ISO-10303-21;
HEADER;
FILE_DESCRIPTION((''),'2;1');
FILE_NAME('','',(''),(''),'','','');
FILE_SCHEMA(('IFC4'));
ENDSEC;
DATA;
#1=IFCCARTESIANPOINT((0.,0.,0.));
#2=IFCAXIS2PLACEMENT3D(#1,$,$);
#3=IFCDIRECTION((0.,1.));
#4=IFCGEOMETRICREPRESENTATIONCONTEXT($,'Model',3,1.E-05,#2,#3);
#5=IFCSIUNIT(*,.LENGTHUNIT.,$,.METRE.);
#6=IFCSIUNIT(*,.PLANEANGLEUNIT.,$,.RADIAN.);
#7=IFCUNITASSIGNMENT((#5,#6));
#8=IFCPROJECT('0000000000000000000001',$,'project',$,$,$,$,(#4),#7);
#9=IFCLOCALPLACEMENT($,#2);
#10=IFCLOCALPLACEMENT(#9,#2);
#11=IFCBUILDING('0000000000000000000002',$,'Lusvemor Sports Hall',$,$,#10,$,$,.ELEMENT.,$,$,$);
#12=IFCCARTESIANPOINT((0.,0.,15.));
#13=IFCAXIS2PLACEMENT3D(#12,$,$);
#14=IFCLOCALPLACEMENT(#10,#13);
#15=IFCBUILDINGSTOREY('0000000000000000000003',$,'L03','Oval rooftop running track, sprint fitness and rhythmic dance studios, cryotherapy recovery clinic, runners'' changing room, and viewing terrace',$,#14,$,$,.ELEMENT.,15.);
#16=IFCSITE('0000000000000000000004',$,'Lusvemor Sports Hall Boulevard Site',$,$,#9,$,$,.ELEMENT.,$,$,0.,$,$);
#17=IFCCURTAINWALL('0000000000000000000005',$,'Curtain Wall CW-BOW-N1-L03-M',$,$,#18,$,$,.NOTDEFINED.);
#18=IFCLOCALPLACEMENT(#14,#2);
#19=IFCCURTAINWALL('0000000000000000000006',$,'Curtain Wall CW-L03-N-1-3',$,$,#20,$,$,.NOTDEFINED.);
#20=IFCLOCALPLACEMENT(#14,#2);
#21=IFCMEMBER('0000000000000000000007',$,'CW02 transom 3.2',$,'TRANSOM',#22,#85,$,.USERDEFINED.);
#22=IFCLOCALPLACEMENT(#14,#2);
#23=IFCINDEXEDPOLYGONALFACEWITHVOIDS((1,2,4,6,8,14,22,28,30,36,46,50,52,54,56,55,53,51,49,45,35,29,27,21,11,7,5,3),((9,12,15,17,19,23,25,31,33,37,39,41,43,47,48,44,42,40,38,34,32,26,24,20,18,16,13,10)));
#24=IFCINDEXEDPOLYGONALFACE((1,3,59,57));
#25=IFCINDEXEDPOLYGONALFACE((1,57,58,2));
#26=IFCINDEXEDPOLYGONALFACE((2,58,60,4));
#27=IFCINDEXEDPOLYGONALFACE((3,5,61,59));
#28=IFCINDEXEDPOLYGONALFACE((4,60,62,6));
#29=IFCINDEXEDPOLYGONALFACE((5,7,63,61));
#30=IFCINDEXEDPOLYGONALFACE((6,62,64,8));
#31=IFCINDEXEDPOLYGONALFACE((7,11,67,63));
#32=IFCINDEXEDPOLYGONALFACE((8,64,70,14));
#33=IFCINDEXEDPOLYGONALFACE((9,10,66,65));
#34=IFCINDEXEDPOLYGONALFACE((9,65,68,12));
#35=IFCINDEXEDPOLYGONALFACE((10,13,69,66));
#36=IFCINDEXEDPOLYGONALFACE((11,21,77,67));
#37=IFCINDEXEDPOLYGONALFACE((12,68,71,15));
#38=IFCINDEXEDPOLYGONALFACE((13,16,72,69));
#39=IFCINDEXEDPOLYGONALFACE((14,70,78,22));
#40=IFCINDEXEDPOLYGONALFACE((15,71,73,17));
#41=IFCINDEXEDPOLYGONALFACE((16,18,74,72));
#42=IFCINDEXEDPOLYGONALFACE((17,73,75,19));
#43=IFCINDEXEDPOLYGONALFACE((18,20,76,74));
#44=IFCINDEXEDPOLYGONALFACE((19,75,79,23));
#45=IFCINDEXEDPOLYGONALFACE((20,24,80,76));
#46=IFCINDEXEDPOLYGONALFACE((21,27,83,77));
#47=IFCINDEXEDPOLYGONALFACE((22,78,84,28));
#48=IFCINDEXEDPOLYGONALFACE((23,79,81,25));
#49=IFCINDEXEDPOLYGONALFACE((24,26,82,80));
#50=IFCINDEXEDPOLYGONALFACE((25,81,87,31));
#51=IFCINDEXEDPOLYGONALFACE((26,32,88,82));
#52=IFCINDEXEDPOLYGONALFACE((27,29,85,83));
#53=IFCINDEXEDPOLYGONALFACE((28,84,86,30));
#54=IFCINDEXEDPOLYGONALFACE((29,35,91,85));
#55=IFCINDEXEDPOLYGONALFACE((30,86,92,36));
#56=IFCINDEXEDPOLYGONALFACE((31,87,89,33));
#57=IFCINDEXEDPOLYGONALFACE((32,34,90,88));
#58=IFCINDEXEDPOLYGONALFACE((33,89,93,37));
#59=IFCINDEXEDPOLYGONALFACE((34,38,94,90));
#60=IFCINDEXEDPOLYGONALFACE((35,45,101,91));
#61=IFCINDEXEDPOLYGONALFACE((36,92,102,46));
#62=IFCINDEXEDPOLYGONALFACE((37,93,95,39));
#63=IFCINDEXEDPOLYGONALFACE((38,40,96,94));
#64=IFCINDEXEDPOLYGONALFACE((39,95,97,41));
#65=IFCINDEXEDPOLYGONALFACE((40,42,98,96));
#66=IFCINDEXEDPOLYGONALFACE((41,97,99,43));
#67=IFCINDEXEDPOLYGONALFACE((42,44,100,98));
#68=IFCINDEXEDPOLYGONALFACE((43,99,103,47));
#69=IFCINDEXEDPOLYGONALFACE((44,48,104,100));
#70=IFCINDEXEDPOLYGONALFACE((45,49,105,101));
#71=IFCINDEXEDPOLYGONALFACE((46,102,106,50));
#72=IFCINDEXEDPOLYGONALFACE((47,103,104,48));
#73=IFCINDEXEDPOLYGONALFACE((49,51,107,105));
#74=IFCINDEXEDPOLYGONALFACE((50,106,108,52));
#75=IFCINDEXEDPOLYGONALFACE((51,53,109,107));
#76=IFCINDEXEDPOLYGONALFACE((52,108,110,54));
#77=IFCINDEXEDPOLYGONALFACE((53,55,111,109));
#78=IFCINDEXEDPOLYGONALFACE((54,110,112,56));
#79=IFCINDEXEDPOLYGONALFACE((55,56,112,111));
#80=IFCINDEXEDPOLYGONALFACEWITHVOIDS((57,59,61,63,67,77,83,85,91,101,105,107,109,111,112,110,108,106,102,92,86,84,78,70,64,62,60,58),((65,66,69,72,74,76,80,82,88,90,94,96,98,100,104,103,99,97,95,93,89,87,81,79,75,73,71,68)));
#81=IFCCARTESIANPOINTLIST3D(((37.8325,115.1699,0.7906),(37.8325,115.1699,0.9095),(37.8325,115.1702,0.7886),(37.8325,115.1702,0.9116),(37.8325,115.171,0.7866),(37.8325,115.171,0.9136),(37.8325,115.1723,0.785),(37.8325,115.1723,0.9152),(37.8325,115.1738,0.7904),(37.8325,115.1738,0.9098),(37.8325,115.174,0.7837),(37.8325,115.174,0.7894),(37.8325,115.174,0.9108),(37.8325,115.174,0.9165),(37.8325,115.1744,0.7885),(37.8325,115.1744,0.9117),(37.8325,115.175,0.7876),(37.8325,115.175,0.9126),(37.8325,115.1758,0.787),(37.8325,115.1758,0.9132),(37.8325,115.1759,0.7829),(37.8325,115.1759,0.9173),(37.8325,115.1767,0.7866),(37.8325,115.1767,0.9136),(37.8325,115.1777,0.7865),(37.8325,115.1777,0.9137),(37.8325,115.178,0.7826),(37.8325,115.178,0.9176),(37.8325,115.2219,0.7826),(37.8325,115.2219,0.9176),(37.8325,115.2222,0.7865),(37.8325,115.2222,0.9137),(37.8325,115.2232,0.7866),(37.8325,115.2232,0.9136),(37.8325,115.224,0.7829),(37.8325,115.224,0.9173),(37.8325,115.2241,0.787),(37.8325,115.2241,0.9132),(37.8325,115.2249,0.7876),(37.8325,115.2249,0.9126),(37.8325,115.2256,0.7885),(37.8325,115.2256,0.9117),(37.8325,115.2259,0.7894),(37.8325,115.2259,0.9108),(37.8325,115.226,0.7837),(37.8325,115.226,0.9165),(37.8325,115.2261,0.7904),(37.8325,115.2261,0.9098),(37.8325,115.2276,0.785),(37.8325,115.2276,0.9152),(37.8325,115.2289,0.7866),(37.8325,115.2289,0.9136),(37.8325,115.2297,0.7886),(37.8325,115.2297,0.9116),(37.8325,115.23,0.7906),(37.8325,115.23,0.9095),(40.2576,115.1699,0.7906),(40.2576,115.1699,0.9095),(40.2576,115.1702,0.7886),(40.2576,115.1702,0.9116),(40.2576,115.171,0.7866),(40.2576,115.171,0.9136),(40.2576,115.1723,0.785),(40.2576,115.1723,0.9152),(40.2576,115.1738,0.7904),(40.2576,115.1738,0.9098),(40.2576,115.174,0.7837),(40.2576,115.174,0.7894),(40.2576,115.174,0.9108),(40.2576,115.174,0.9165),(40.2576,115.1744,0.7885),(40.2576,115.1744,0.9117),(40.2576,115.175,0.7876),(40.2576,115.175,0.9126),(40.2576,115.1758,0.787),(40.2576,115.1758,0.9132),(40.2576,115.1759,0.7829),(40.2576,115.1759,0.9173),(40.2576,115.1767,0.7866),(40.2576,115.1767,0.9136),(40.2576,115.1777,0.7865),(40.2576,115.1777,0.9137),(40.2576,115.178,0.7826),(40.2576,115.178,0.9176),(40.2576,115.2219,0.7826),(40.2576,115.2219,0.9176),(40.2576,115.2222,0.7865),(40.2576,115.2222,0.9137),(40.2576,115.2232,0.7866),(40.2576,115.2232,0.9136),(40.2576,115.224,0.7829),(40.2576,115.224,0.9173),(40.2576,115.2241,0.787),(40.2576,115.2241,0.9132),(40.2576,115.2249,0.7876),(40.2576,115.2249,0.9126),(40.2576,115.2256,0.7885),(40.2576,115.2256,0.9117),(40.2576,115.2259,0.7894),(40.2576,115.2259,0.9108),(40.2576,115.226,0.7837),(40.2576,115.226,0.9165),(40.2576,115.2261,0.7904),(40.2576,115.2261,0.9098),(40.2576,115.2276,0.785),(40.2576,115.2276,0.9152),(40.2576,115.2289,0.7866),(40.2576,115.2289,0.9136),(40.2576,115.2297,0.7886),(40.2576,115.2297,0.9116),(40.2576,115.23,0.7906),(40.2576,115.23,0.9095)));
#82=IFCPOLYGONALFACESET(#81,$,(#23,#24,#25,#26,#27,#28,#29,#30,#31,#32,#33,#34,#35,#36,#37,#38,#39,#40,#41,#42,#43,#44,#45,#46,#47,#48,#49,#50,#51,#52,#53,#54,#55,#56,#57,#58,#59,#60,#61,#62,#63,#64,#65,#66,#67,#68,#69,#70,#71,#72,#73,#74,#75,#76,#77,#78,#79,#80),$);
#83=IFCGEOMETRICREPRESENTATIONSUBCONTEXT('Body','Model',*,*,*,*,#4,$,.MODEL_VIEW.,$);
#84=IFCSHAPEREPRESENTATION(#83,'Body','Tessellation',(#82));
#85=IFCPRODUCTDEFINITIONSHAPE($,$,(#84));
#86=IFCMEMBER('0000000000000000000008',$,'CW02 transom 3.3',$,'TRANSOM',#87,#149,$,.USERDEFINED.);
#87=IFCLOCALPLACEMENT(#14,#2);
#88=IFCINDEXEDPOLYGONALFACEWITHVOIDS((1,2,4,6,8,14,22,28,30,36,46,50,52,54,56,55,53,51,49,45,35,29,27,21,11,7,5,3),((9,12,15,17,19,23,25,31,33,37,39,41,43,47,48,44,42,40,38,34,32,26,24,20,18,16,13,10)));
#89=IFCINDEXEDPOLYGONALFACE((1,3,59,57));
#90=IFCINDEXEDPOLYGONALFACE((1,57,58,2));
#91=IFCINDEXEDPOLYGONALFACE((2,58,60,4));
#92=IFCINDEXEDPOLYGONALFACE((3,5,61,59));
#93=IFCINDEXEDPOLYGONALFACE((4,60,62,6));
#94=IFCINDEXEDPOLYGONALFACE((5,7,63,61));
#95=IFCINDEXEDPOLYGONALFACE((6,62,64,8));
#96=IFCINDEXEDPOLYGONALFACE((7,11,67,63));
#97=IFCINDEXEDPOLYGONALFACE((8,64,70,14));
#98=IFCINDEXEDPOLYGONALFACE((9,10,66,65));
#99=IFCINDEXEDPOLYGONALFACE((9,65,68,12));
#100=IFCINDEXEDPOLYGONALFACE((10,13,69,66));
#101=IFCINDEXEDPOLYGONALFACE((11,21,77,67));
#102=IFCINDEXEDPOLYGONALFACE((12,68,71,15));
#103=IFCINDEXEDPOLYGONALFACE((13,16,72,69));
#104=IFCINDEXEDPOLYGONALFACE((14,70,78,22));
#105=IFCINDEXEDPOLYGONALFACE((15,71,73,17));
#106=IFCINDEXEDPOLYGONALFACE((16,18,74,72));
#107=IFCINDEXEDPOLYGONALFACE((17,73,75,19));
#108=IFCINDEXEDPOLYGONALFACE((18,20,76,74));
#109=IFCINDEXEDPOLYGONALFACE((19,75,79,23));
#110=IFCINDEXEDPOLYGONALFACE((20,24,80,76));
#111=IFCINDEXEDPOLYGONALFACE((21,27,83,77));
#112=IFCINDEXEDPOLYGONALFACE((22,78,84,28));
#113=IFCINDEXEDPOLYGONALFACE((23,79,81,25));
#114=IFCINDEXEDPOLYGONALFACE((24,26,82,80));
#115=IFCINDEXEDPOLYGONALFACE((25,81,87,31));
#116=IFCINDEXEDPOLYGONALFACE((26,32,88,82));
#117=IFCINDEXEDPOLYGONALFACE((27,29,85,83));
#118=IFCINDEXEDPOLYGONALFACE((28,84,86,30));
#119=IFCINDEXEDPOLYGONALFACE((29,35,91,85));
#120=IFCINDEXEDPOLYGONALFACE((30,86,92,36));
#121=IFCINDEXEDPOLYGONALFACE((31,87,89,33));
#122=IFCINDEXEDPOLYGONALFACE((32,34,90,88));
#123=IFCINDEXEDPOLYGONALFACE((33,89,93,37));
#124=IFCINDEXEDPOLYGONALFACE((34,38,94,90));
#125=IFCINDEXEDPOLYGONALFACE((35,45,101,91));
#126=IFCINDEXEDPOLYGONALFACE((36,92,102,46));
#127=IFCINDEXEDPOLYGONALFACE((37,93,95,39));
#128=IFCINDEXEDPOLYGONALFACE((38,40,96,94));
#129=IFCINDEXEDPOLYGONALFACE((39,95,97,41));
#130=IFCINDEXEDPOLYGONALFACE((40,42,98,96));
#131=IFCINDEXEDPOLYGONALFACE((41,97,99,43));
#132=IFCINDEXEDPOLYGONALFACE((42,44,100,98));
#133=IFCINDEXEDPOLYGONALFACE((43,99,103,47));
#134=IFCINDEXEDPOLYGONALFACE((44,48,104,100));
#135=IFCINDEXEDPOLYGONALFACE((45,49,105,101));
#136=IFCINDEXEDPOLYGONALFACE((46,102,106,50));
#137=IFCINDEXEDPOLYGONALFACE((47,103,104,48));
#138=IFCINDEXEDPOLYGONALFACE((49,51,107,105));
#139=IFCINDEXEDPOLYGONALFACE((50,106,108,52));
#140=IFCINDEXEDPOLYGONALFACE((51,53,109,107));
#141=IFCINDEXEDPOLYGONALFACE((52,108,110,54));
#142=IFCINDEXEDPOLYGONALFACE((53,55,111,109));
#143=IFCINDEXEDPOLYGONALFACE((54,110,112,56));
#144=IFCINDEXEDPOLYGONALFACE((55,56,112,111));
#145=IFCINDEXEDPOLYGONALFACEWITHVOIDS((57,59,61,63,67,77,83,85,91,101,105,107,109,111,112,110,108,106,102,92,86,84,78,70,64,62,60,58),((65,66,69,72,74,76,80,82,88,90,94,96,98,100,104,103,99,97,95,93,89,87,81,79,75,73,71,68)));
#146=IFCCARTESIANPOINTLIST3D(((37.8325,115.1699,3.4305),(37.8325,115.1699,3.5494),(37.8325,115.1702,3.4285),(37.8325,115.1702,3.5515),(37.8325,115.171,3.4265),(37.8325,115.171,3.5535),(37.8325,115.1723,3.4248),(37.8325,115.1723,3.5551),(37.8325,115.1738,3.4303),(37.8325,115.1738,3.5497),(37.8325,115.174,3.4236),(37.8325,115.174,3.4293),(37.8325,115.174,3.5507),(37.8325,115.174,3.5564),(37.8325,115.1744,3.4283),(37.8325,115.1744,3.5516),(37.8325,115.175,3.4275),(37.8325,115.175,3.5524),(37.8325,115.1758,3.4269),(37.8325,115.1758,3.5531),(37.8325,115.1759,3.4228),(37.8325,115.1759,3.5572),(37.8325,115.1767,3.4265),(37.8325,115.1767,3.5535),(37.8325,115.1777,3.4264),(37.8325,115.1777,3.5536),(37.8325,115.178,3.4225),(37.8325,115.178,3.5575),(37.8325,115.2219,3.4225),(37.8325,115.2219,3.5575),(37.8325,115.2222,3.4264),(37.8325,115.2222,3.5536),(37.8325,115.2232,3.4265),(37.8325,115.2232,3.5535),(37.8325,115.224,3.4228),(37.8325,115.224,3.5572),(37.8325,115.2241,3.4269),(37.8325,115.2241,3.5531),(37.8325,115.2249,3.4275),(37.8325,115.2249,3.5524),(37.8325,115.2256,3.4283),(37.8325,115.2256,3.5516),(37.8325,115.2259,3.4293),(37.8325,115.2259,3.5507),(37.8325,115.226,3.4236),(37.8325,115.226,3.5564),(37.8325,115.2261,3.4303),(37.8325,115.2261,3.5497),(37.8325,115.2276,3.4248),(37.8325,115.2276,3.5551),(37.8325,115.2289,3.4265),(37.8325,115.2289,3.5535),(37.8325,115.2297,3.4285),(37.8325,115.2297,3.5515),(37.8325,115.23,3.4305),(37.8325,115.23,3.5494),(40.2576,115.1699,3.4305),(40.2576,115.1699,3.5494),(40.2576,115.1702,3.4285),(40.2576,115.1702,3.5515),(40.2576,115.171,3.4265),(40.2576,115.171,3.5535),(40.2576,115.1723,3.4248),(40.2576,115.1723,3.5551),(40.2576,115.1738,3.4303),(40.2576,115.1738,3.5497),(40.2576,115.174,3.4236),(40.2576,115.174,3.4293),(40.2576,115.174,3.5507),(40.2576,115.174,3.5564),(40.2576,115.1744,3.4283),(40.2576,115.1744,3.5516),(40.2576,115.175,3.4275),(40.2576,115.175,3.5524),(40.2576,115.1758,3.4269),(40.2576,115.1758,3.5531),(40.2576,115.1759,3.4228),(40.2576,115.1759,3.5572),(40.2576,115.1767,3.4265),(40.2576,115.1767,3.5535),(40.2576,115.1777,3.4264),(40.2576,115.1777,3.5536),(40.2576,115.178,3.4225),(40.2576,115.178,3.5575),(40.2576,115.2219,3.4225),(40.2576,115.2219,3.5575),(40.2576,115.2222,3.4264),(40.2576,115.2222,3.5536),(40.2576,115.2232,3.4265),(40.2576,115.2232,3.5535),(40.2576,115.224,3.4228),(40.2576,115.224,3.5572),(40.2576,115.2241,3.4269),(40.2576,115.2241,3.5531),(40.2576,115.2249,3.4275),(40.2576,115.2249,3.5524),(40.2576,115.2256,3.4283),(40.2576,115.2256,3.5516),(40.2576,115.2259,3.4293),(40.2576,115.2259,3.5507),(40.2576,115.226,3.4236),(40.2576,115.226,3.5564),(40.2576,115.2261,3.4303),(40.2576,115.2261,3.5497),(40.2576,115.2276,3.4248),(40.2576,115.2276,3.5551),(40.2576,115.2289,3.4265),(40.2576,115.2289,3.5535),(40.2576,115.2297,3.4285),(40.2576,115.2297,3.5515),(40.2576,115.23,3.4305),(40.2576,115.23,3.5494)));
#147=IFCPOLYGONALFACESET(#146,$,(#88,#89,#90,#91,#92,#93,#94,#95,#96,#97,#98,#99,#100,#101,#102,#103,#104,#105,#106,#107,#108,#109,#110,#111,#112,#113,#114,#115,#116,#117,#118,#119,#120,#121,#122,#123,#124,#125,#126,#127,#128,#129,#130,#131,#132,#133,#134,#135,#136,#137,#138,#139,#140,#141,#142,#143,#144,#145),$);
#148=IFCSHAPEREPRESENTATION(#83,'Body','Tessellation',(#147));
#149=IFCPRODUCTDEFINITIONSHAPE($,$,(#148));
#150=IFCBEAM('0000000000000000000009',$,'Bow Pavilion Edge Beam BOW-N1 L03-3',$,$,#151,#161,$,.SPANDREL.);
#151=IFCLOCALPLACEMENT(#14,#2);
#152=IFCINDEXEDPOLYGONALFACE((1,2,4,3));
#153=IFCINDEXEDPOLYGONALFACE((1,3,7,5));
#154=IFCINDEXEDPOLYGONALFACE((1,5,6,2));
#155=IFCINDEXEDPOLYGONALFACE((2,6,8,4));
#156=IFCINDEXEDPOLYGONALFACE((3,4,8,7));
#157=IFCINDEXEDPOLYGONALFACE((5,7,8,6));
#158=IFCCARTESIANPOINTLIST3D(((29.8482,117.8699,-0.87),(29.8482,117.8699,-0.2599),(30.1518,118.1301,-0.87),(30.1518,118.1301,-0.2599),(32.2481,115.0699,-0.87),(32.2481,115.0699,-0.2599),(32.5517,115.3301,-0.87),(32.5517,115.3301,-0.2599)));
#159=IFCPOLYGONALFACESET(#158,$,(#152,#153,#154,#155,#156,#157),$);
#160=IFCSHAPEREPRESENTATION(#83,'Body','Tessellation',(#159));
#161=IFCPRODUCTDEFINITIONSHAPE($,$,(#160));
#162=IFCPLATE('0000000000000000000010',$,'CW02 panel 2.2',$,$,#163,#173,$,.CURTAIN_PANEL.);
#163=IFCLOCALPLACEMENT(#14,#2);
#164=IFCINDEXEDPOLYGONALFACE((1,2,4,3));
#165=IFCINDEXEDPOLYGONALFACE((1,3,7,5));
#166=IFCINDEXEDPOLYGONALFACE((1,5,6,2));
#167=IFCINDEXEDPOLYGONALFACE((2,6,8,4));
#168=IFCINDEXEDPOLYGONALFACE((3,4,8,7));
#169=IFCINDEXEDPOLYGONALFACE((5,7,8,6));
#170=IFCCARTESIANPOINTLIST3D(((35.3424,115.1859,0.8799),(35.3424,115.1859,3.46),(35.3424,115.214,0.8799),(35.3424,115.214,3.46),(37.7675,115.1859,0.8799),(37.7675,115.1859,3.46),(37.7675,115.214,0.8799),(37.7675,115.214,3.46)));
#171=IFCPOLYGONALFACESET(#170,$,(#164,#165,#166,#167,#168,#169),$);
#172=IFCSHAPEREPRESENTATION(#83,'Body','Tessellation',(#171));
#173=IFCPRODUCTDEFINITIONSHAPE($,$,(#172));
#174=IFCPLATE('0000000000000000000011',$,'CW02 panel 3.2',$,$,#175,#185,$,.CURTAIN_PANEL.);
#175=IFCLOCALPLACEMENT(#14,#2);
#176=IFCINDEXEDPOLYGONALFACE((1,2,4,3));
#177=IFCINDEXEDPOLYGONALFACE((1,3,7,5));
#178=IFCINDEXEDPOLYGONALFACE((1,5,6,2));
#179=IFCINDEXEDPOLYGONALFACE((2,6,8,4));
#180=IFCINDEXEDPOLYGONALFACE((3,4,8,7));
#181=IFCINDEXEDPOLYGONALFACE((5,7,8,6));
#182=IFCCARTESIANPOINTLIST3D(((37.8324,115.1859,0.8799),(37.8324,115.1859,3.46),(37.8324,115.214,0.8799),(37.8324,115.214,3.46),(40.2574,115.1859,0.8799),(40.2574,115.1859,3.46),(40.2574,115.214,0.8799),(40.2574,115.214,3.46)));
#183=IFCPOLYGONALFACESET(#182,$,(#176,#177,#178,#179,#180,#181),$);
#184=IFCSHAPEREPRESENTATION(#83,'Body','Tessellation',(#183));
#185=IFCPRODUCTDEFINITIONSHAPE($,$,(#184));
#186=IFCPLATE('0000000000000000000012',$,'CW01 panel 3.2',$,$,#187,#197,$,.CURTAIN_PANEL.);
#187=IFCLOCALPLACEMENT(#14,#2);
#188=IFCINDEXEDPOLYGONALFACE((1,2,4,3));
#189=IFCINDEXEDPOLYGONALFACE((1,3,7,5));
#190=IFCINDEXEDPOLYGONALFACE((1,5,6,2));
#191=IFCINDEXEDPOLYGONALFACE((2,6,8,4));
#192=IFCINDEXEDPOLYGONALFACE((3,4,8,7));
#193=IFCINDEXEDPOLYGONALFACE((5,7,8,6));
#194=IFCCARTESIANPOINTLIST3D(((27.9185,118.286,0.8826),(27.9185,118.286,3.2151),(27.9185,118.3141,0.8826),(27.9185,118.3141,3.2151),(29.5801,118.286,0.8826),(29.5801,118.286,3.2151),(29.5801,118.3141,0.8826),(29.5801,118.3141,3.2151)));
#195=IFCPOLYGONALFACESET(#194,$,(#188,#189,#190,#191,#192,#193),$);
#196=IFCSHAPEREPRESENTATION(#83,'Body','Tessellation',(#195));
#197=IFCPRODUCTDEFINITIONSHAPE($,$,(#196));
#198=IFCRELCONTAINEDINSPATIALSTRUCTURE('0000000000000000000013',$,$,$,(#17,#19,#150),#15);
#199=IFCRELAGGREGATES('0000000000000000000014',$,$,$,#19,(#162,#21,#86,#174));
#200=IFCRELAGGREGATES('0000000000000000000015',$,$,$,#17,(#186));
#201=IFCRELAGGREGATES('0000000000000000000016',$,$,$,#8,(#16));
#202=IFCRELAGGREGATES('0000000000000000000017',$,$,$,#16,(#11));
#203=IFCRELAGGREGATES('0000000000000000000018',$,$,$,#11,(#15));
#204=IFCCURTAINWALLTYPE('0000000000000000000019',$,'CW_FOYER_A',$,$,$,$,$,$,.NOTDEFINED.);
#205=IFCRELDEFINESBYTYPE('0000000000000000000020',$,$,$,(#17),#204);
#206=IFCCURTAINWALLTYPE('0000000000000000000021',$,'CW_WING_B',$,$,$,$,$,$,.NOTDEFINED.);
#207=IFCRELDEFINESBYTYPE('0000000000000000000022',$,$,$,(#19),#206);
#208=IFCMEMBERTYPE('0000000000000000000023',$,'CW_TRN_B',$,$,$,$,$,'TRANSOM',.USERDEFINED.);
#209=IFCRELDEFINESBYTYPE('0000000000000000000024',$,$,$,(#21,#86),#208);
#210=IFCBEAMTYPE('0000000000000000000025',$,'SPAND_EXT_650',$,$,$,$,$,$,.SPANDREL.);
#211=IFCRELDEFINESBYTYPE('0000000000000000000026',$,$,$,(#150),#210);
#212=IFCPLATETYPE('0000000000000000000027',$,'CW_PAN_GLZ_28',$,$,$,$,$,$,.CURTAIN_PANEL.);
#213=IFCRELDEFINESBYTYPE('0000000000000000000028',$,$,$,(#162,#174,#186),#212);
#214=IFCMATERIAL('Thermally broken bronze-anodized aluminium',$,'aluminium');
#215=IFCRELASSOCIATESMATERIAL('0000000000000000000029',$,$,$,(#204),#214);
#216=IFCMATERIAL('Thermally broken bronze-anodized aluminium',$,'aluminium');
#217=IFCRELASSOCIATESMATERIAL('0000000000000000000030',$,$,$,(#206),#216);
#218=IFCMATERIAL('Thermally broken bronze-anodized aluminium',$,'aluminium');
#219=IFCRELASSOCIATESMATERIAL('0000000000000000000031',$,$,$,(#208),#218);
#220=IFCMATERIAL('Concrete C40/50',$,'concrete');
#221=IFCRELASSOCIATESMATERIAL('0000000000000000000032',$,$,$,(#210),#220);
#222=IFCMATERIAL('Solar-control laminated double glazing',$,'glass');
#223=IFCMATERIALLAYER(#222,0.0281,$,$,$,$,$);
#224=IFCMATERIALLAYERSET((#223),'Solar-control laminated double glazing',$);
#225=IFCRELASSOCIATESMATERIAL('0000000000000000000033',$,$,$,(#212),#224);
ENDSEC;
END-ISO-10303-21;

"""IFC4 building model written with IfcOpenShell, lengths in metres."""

from ifc_helpers import new_model, si_unit, direction, frame, origin, origin_2d, place, context, subcontext, project, spatial, rectangle, hollow_rectangle, extrude, material, layer, layer_set, material_profile, profile_set, type_object, element, aggregate, save


model = new_model("IFC4")

# Units and contexts
model_context = context("Model", 3, precision=1e-05, world=origin(), true_north=direction((0.0, 1.0)))
body_context = subcontext(model_context, "Body", "Model", "MODEL_VIEW")
ifc_project = project(units=[si_unit("LENGTHUNIT", "METRE"), si_unit("PLANEANGLEUNIT", "RADIAN")], contexts=[model_context])

# Site, building, storey
site_placement = place(None, origin())
site = spatial("IfcSite", under=ifc_project, at=site_placement, Name="Lusvemor Sports Hall Boulevard Site", CompositionType="ELEMENT", RefElevation=0.0)
building_placement = place(site_placement, origin())
building = spatial("IfcBuilding", under=site, at=building_placement, Name="Lusvemor Sports Hall", CompositionType="ELEMENT")
storey_placement = place(building_placement, frame((0.0, 0.0, 15.0)))
storey = spatial("IfcBuildingStorey", under=building, at=storey_placement, Name="L03", Description="Oval rooftop running track, sprint fitness and rhythmic dance studios, cryotherapy recovery clinic, runners' changing room, and viewing terrace", CompositionType="ELEMENT", Elevation=15.0)

# Curtain walls
ifc_material_1 = material(Name="Thermally broken bronze-anodized aluminium", Category="aluminium")
curtain_wall_type_1 = type_object("IfcCurtainWallType", Name="CW_FOYER_A", PredefinedType="NOTDEFINED", material=ifc_material_1)
curtain_wall_1_placement = place(storey_placement, origin())
curtain_wall_1 = element("IfcCurtainWall", 1, at=curtain_wall_1_placement, inside=storey, type_object=curtain_wall_type_1, Name="Curtain Wall CW-BOW-N1-L03-M", PredefinedType="NOTDEFINED")
ifc_material_2 = material(Name="Thermally broken bronze-anodized aluminium", Category="aluminium")
curtain_wall_type_2 = type_object("IfcCurtainWallType", Name="CW_WING_B", PredefinedType="NOTDEFINED", material=ifc_material_2)
curtain_wall_2_placement = place(storey_placement, origin())
curtain_wall_2 = element("IfcCurtainWall", 2, at=curtain_wall_2_placement, inside=storey, type_object=curtain_wall_type_2, Name="Curtain Wall CW-L03-N-1-3", PredefinedType="NOTDEFINED")

# Members
ifc_material_3 = material(Name="Thermally broken bronze-anodized aluminium", Category="aluminium")
ifc_material_profile_1 = material_profile(ifc_material_3, hollow_rectangle(XDim=0.0601, YDim=0.135, WallThickness=0.0039, InnerFilletRadius=0.0039, OuterFilletRadius=0.0081, at=origin_2d()), Name="CWTRN135x60x4")
ifc_profile_set_1 = profile_set([ifc_material_profile_1], Name="Thermally broken bronze-anodized aluminium")
member_type_1 = type_object("IfcMemberType", Name="CW_TRN_B", ElementType="TRANSOM", PredefinedType="USERDEFINED", material=ifc_profile_set_1)
member_1_placement = place(storey_placement, frame((37.8325, 115.2, 0.8501), z_axis=(1.0, 0.0, 0.0), x_axis=(0.0, 1.0, 0.0)))
member_1 = element("IfcMember", 3, at=member_1_placement, type_object=member_type_1, Name="CW02 transom 3.2", ObjectType="TRANSOM", PredefinedType="USERDEFINED", context=body_context, shape_type="SweptSolid", body=[
    extrude(hollow_rectangle(XDim=0.0601, YDim=0.135, WallThickness=0.0039, InnerFilletRadius=0.0039, OuterFilletRadius=0.0081, at=origin_2d()), origin(), (0.0, 0.0, 1.0), 2.425),
])
member_2_placement = place(storey_placement, frame((37.8325, 115.2, 3.49), z_axis=(1.0, 0.0, 0.0), x_axis=(0.0, 1.0, 0.0)))
member_2 = element("IfcMember", 4, at=member_2_placement, type_object=member_type_1, Name="CW02 transom 3.3", ObjectType="TRANSOM", PredefinedType="USERDEFINED", context=body_context, shape_type="SweptSolid", body=[
    extrude(hollow_rectangle(XDim=0.0601, YDim=0.135, WallThickness=0.0039, InnerFilletRadius=0.0039, OuterFilletRadius=0.0081, at=origin_2d()), origin(), (0.0, 0.0, 1.0), 2.425),
])

# Beam
ifc_material_4 = material(Name="Concrete C40/50", Category="concrete")
ifc_material_profile_2 = material_profile(ifc_material_4, rectangle(XDim=0.3999, YDim=0.6101, at=origin_2d()), Name="RC400x610")
ifc_profile_set_2 = profile_set([ifc_material_profile_2], Name="Concrete C40/50")
beam_type = type_object("IfcBeamType", Name="SPAND_EXT_650", PredefinedType="SPANDREL", material=ifc_profile_set_2)
beam_placement = place(storey_placement, frame((30.0, 118.0, -0.5649), z_axis=(0.65077, -0.759275, 0.0), x_axis=(0.759275, 0.65077, 0.0)))
element("IfcBeam", 5, at=beam_placement, inside=storey, type_object=beam_type, Name="Bow Pavilion Edge Beam BOW-N1 L03-3", PredefinedType="SPANDREL", context=body_context, shape_type="SweptSolid", body=[
    extrude(rectangle(XDim=0.3999, YDim=0.6101, at=origin_2d()), origin(), (0.0, 0.0, 1.0), 3.6877),
])

# Plates
ifc_material_5 = material(Name="Solar-control laminated double glazing", Category="glass")
ifc_layer_1 = layer(ifc_material_5, 0.0281)
ifc_layer_set_1 = layer_set([ifc_layer_1], Name="Solar-control laminated double glazing")
plate_type_1 = type_object("IfcPlateType", Name="CW_PAN_GLZ_28", PredefinedType="CURTAIN_PANEL", material=ifc_layer_set_1)
plate_1_placement = place(storey_placement, frame((36.5549, 115.2, 0.8799), z_axis=(0.0, 0.0, 1.0), x_axis=(1.0, 0.0, 0.0)))
plate_1 = element("IfcPlate", 6, at=plate_1_placement, type_object=plate_type_1, Name="CW02 panel 2.2", PredefinedType="CURTAIN_PANEL", context=body_context, shape_type="SweptSolid", body=[
    extrude(rectangle(XDim=2.425, YDim=0.0281, at=origin_2d()), origin(), (0.0, 0.0, 1.0), 2.5801),
])
plate_2_placement = place(storey_placement, frame((39.0449, 115.2, 0.8799), z_axis=(0.0, 0.0, 1.0), x_axis=(1.0, 0.0, 0.0)))
plate_2 = element("IfcPlate", 7, at=plate_2_placement, type_object=plate_type_1, Name="CW02 panel 3.2", PredefinedType="CURTAIN_PANEL", context=body_context, shape_type="SweptSolid", body=[
    extrude(rectangle(XDim=2.425, YDim=0.0281, at=origin_2d()), origin(), (0.0, 0.0, 1.0), 2.5801),
])
plate_3_placement = place(storey_placement, frame((28.7493, 118.3, 0.8826), z_axis=(0.0, 0.0, 1.0), x_axis=(1.0, 0.0, 0.0)))
plate_3 = element("IfcPlate", 8, at=plate_3_placement, type_object=plate_type_1, Name="CW01 panel 3.2", PredefinedType="CURTAIN_PANEL", context=body_context, shape_type="SweptSolid", body=[
    extrude(rectangle(XDim=1.6616, YDim=0.0281, at=origin_2d()), origin(), (0.0, 0.0, 1.0), 2.3325),
])
aggregate(curtain_wall_2, [plate_1, member_1, member_2, plate_2])
aggregate(curtain_wall_1, [plate_3])

save(model, "model.ifc")
